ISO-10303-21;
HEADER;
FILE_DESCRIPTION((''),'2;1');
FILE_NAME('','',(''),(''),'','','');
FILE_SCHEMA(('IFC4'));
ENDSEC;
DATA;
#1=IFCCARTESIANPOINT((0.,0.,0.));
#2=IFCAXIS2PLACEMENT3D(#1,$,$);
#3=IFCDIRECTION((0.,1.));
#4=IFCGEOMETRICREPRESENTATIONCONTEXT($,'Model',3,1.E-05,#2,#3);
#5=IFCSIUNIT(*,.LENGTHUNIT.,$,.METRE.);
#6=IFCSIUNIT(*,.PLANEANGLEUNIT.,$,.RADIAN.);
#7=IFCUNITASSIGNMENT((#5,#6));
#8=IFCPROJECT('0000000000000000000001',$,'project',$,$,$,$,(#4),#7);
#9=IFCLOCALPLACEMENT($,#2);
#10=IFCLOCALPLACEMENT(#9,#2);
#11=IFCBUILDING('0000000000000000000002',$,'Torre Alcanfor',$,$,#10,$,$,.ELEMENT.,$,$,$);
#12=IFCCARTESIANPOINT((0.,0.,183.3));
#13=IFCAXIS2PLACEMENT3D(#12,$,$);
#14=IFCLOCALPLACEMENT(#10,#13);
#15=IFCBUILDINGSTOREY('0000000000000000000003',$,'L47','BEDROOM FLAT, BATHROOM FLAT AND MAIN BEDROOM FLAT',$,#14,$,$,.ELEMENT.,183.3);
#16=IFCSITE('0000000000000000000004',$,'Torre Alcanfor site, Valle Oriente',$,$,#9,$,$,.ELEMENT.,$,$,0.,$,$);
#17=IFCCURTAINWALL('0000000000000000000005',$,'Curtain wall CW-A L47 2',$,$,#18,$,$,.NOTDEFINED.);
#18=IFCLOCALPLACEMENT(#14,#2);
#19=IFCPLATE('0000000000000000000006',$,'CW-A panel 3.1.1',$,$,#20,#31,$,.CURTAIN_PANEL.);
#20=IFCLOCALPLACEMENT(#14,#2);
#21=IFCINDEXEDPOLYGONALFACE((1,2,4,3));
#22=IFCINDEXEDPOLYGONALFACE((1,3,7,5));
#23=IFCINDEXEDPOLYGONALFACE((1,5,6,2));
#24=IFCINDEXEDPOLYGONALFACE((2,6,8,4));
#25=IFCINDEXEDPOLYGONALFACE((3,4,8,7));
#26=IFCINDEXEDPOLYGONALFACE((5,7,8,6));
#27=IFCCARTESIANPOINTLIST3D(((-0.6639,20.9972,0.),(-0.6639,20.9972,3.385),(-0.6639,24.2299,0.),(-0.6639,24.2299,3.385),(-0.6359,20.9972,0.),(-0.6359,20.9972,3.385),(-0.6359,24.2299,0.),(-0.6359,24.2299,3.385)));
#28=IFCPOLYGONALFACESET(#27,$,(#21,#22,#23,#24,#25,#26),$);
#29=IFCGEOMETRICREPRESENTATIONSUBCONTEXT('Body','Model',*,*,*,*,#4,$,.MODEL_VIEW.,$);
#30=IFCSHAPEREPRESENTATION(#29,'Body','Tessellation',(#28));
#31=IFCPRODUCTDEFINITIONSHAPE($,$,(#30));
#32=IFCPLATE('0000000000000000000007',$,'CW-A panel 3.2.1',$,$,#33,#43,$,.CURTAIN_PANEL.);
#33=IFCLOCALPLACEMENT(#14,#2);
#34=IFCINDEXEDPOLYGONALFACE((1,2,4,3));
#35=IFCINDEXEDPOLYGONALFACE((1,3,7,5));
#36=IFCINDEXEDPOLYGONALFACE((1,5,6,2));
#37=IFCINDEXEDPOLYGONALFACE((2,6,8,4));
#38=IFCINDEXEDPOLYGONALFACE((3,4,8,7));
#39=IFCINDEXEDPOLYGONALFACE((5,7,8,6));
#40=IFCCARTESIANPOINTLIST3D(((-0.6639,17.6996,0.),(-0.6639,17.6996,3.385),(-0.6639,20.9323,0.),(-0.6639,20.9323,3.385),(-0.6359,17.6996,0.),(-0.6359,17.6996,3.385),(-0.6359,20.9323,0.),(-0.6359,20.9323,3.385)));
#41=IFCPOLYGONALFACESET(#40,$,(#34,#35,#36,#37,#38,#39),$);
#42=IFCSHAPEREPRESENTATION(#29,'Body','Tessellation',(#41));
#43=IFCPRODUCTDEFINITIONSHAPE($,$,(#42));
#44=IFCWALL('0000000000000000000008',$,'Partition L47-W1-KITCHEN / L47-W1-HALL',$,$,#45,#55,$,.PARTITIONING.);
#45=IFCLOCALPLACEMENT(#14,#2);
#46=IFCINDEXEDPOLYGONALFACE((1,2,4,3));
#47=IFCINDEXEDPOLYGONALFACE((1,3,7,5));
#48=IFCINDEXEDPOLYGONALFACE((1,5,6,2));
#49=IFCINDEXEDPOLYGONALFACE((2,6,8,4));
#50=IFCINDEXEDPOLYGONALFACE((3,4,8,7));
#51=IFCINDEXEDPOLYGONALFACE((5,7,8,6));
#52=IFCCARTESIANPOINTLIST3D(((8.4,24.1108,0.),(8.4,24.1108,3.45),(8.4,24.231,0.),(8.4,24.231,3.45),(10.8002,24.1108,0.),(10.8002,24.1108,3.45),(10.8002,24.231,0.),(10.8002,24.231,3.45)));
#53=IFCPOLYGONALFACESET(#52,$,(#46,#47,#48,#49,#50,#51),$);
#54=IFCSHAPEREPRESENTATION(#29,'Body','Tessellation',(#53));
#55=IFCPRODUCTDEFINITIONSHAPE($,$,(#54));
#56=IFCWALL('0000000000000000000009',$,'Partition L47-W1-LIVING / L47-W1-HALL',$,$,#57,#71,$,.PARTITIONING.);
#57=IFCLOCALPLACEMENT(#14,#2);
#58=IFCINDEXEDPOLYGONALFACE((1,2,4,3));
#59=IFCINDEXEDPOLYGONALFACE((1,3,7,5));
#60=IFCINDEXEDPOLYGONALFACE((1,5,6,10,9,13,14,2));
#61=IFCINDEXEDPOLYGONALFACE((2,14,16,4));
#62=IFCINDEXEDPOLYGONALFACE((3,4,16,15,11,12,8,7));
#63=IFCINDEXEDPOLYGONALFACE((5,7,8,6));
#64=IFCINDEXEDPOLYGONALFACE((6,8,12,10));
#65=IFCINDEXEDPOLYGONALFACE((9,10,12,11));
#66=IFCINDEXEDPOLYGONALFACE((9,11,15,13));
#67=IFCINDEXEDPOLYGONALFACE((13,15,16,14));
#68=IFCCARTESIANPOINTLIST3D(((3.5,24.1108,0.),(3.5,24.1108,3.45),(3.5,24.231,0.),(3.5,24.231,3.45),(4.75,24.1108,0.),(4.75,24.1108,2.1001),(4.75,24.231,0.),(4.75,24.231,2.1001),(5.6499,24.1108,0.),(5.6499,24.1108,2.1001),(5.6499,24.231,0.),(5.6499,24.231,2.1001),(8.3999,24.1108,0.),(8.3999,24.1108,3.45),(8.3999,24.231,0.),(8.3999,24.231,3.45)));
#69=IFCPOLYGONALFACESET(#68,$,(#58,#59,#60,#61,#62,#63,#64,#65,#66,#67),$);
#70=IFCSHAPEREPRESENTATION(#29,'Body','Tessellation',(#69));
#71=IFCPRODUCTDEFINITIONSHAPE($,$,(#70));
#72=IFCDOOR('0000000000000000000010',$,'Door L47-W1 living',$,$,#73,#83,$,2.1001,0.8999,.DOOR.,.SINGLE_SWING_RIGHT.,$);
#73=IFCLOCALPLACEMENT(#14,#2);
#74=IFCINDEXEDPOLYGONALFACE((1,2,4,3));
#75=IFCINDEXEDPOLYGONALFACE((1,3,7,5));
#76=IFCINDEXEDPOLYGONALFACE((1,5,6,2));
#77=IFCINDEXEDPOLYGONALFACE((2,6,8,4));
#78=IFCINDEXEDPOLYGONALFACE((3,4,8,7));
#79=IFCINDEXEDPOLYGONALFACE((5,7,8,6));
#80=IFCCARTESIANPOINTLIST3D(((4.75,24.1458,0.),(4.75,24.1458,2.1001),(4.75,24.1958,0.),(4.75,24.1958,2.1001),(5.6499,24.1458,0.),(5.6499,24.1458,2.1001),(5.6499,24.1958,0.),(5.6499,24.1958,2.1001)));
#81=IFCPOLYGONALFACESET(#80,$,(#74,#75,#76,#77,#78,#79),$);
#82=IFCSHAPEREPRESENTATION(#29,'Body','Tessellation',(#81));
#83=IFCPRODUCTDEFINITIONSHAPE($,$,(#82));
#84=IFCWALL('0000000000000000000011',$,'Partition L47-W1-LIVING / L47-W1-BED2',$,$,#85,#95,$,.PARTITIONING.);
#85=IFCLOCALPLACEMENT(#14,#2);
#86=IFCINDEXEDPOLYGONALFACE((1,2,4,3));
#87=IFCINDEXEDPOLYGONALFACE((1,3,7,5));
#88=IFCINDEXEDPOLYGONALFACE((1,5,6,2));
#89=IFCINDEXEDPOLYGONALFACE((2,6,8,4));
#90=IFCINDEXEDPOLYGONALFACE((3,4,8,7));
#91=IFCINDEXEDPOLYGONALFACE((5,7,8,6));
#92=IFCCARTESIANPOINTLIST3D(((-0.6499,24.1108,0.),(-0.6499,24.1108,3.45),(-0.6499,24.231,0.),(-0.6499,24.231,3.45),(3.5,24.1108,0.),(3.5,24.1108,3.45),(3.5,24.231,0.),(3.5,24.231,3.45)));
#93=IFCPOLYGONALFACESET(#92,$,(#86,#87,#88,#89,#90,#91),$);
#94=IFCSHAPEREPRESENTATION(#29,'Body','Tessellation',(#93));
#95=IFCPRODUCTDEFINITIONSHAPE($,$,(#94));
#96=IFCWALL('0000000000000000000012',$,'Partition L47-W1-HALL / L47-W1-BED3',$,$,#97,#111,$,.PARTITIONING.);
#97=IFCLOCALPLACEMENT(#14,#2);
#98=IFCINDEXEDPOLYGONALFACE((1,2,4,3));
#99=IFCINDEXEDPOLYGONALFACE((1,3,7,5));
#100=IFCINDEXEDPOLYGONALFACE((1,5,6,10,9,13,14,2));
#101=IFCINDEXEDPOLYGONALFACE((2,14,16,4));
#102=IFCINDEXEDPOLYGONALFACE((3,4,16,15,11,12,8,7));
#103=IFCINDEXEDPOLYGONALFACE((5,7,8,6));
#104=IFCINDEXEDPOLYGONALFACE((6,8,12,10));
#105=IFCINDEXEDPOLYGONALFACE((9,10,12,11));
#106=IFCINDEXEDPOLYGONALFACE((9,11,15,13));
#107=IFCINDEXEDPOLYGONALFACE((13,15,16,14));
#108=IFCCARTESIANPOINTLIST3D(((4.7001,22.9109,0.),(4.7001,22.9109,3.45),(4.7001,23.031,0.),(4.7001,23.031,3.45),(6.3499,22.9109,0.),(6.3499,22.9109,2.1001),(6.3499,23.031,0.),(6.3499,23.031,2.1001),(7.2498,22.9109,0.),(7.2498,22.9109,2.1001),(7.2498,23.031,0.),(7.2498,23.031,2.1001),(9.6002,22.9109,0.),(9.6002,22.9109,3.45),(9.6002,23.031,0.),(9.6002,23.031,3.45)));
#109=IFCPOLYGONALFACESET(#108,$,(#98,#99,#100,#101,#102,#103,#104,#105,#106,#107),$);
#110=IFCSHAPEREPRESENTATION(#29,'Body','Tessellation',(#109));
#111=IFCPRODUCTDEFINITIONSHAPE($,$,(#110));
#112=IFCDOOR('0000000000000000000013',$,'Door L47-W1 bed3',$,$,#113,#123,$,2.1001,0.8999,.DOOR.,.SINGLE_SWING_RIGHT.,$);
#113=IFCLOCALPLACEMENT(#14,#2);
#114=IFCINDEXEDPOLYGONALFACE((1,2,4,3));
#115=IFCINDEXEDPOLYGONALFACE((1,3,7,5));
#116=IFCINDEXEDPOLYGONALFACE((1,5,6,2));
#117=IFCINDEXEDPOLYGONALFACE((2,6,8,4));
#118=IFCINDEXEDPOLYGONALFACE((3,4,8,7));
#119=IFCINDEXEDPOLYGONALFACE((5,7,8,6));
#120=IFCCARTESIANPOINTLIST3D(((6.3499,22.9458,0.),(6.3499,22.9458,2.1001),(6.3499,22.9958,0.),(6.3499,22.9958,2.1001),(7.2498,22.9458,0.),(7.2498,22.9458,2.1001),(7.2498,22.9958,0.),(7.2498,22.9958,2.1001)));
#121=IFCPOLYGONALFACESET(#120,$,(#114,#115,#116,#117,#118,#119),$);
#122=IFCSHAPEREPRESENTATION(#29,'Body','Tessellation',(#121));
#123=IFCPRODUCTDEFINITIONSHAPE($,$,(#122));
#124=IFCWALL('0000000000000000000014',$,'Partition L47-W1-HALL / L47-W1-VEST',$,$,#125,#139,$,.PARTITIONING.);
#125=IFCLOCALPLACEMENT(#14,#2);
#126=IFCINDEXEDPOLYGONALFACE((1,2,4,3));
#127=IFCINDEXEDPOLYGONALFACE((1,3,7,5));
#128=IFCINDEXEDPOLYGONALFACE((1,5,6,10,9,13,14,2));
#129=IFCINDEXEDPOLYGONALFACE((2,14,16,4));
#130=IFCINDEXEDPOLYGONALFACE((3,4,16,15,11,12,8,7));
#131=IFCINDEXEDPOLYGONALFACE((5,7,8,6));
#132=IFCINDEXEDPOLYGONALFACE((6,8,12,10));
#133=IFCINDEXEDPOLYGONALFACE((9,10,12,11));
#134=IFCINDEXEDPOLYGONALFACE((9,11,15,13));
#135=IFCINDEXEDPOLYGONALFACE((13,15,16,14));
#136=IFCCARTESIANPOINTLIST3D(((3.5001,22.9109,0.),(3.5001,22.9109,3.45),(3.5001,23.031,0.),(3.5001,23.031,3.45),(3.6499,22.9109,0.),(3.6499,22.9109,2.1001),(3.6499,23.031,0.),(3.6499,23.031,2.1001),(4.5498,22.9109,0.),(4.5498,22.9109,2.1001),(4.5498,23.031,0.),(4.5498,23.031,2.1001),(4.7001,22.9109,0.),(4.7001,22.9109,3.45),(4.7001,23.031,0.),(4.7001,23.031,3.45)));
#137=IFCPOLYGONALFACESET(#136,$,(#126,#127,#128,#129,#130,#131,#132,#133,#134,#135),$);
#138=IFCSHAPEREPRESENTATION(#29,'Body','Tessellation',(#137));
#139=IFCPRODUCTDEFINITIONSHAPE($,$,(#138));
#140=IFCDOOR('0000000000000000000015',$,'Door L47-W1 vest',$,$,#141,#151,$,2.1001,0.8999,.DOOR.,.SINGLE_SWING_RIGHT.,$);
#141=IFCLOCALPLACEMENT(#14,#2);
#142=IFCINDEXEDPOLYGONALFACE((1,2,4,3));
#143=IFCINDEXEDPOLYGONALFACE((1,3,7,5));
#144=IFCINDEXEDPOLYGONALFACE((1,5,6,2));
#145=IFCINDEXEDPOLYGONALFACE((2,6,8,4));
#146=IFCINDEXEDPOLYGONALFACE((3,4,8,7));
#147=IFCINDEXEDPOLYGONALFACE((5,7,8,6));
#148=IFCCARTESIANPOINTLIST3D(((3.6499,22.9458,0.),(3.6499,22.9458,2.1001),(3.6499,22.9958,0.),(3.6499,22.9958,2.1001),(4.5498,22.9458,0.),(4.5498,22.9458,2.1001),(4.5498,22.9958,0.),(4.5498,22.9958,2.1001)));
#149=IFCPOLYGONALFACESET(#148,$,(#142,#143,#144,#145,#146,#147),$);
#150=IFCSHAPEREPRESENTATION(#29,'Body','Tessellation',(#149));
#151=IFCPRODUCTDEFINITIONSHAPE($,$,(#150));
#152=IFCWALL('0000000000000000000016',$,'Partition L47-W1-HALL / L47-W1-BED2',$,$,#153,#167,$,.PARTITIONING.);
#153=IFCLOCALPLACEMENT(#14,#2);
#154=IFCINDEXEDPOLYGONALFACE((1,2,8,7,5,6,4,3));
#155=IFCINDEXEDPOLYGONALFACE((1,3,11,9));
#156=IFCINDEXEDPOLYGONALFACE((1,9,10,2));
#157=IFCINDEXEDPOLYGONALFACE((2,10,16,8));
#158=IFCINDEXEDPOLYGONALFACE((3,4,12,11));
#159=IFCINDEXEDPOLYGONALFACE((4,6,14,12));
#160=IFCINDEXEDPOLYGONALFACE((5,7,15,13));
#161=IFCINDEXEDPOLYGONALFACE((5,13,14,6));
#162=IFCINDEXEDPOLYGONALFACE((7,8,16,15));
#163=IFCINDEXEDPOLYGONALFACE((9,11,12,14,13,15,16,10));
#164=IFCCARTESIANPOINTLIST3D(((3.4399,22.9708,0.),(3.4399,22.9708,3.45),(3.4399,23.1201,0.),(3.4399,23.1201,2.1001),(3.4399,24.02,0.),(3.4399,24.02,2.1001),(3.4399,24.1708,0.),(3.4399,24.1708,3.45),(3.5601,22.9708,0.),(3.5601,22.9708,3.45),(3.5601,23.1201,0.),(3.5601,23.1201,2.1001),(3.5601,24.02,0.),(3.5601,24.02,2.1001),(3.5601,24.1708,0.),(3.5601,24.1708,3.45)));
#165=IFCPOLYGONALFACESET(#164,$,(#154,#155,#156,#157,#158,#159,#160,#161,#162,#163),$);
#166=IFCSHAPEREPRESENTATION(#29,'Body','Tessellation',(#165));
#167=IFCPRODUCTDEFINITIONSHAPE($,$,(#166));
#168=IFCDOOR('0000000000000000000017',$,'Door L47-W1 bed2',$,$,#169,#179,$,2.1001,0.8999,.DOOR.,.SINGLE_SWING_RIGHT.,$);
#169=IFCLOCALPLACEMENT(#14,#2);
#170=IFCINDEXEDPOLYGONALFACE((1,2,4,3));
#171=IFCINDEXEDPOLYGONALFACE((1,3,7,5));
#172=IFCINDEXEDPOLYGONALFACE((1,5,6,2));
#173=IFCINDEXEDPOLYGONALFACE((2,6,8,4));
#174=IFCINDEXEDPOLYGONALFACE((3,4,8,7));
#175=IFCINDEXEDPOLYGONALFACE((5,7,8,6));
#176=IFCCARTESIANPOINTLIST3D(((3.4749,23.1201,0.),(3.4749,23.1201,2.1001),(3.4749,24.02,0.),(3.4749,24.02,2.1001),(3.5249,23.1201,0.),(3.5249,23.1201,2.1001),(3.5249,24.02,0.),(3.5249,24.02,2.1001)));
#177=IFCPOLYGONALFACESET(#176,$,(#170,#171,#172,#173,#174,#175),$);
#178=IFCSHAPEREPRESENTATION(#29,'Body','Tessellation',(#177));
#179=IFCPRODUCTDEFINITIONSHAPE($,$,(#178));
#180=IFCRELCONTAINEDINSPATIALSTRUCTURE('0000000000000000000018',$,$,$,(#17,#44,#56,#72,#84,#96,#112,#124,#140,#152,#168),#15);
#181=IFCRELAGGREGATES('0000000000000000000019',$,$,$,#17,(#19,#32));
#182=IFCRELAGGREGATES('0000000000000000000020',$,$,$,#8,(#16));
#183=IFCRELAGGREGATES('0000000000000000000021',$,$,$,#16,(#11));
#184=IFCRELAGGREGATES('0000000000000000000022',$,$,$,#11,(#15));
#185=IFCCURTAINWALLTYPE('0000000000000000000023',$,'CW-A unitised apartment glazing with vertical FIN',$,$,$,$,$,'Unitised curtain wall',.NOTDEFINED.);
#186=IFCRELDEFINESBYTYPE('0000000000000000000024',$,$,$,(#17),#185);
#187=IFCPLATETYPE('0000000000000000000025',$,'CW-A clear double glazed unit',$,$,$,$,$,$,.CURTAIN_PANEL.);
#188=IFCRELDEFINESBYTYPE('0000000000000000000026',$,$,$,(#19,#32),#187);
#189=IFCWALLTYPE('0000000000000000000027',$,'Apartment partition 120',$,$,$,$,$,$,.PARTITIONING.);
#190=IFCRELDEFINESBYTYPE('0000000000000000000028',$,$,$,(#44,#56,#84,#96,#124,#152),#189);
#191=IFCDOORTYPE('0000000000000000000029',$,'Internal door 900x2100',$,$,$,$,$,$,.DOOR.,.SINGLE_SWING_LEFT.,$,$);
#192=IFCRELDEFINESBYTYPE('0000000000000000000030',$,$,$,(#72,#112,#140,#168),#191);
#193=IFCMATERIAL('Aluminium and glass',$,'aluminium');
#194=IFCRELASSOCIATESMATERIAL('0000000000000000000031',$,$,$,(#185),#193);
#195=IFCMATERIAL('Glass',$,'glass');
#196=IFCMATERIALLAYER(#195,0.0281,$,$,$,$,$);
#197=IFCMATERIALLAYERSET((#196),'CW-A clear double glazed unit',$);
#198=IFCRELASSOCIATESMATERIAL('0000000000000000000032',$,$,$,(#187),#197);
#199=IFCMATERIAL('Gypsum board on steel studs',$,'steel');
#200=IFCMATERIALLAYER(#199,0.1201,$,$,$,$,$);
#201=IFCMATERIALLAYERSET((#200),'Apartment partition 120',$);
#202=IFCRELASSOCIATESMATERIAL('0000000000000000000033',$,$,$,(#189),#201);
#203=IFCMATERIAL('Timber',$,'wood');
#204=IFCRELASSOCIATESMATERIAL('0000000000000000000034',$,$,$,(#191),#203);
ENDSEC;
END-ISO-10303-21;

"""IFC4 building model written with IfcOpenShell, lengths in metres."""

from ifc_helpers import new_model, si_unit, direction, frame, frame_2d, origin, origin_2d, place, context, subcontext, project, spatial, rectangle, extrude, material, layer, layer_set, type_object, element, fill, aggregate, save


model = new_model("IFC4")

# Units and contexts
model_context = context("Model", 3, precision=1e-05, world=origin(), true_north=direction((0.0, 1.0)))
body_context = subcontext(model_context, "Body", "Model", "MODEL_VIEW")
ifc_project = project(units=[si_unit("LENGTHUNIT", "METRE"), si_unit("PLANEANGLEUNIT", "RADIAN")], contexts=[model_context])

# Site, building, storey
site_placement = place(None, origin())
site = spatial("IfcSite", under=ifc_project, at=site_placement, Name="Torre Alcanfor site, Valle Oriente", CompositionType="ELEMENT", RefElevation=0.0)
building_placement = place(site_placement, origin())
building = spatial("IfcBuilding", under=site, at=building_placement, Name="Torre Alcanfor", CompositionType="ELEMENT")
storey_placement = place(building_placement, frame((0.0, 0.0, 183.3)))
storey = spatial("IfcBuildingStorey", under=building, at=storey_placement, Name="L47", Description="BEDROOM FLAT, BATHROOM FLAT AND MAIN BEDROOM FLAT", CompositionType="ELEMENT", Elevation=183.3)

# Curtain wall
ifc_material_1 = material(Name="Aluminium and glass", Category="aluminium")
curtain_wall_type = type_object("IfcCurtainWallType", Name="CW-A unitised apartment glazing with vertical FIN", ElementType="Unitised curtain wall", PredefinedType="NOTDEFINED", material=ifc_material_1)
curtain_wall_placement = place(storey_placement, origin())
curtain_wall = element("IfcCurtainWall", 1, at=curtain_wall_placement, inside=storey, type_object=curtain_wall_type, Name="Curtain wall CW-A L47 2", PredefinedType="NOTDEFINED")

# Plates
ifc_material_2 = material(Name="Glass", Category="glass")
ifc_layer_1 = layer(ifc_material_2, 0.0281)
ifc_layer_set_1 = layer_set([ifc_layer_1], Name="CW-A clear double glazed unit")
plate_type = type_object("IfcPlateType", Name="CW-A clear double glazed unit", PredefinedType="CURTAIN_PANEL", material=ifc_layer_set_1)
plate_1_placement = place(storey_placement, frame((-0.6499, 22.6135, 0.0), z_axis=(0.0, 0.0, 1.0), x_axis=(0.0, -1.0, 0.0)))
plate_1 = element("IfcPlate", 2, at=plate_1_placement, type_object=plate_type, Name="CW-A panel 3.1.1", PredefinedType="CURTAIN_PANEL", context=body_context, shape_type="SweptSolid", body=[
    extrude(rectangle(XDim=3.2327, YDim=0.0281, at=origin_2d()), origin(), (0.0, 0.0, 1.0), 3.385),
])
plate_2_placement = place(storey_placement, frame((-0.6499, 19.3159, 0.0), z_axis=(0.0, 0.0, 1.0), x_axis=(0.0, -1.0, 0.0)))
plate_2 = element("IfcPlate", 3, at=plate_2_placement, type_object=plate_type, Name="CW-A panel 3.2.1", PredefinedType="CURTAIN_PANEL", context=body_context, shape_type="SweptSolid", body=[
    extrude(rectangle(XDim=3.2327, YDim=0.0281, at=origin_2d()), origin(), (0.0, 0.0, 1.0), 3.385),
])
aggregate(curtain_wall, [plate_1, plate_2])

# Wall
ifc_material_3 = material(Name="Gypsum board on steel studs", Category="steel")
ifc_layer_2 = layer(ifc_material_3, 0.1201)
ifc_layer_set_2 = layer_set([ifc_layer_2], Name="Apartment partition 120")
wall_type = type_object("IfcWallType", Name="Apartment partition 120", PredefinedType="PARTITIONING", material=ifc_layer_set_2)
wall_1_placement = place(storey_placement, frame((8.3999, 24.1709, 0.0), z_axis=(0.0, 0.0, 1.0), x_axis=(1.0, 0.0, 0.0)))
element("IfcWall", 4, at=wall_1_placement, inside=storey, type_object=wall_type, Name="Partition L47-W1-KITCHEN / L47-W1-HALL", PredefinedType="PARTITIONING", context=body_context, shape_type="SweptSolid", body=[
    extrude(rectangle(XDim=2.4001, YDim=0.1201, at=frame_2d((1.2002, 0.0))), origin(), (0.0, 0.0, 1.0), 3.45),
])

# Wall, opening, door
wall_2_placement = place(storey_placement, frame((3.5, 24.1709, 0.0), z_axis=(0.0, 0.0, 1.0), x_axis=(1.0, 0.0, 0.0)))
wall_2 = element("IfcWall", 5, at=wall_2_placement, inside=storey, type_object=wall_type, Name="Partition L47-W1-LIVING / L47-W1-HALL", PredefinedType="PARTITIONING", context=body_context, shape_type="SweptSolid", body=[
    extrude(rectangle(XDim=4.8999, YDim=0.1201, at=frame_2d((2.45, 0.0))), origin(), (0.0, 0.0, 1.0), 3.45),
])
opening_1_placement = place(wall_2_placement, frame((1.25, 0.0, 0.0)))
opening_1 = element("IfcOpeningElement", 6, at=opening_1_placement, cuts=wall_2, PredefinedType="OPENING", context=body_context, shape_type="SweptSolid", body=[
    extrude(rectangle(XDim=0.8999, YDim=2.1001, at=frame_2d((0.45, 1.05))), frame((0.0, 0.0701, 0.0), z_axis=(0.0, -1.0, 0.0), x_axis=(1.0, 0.0, 0.0)), (0.0, 0.0, 1.0), 0.1401),
])
ifc_material_4 = material(Name="Timber", Category="wood")
door_type = type_object("IfcDoorType", Name="Internal door 900x2100", OperationType="SINGLE_SWING_LEFT", PredefinedType="DOOR", material=ifc_material_4)
door_1_placement = place(opening_1_placement, origin())
door_1 = element("IfcDoor", 7, at=door_1_placement, inside=storey, type_object=door_type, Name="Door L47-W1 living", OperationType="SINGLE_SWING_RIGHT", OverallHeight=2.1001, OverallWidth=0.8999, PredefinedType="DOOR", context=body_context, shape_type="SweptSolid", body=[
    extrude(rectangle(XDim=0.8999, YDim=2.1001, at=frame_2d((0.45, 1.05))), frame((0.0, 0.0249, 0.0), z_axis=(0.0, -1.0, 0.0), x_axis=(1.0, 0.0, 0.0)), (0.0, 0.0, 1.0), 0.05),
])
fill(opening_1, door_1)

# Wall
wall_3_placement = place(storey_placement, frame((-0.6499, 24.1709, 0.0), z_axis=(0.0, 0.0, 1.0), x_axis=(1.0, 0.0, 0.0)))
element("IfcWall", 8, at=wall_3_placement, inside=storey, type_object=wall_type, Name="Partition L47-W1-LIVING / L47-W1-BED2", PredefinedType="PARTITIONING", context=body_context, shape_type="SweptSolid", body=[
    extrude(rectangle(XDim=4.1499, YDim=0.1201, at=frame_2d((2.075, 0.0))), origin(), (0.0, 0.0, 1.0), 3.45),
])

# Walls, openings, doors
wall_4_placement = place(storey_placement, frame((4.7, 22.9709, 0.0), z_axis=(0.0, 0.0, 1.0), x_axis=(1.0, 0.0, 0.0)))
wall_4 = element("IfcWall", 9, at=wall_4_placement, inside=storey, type_object=wall_type, Name="Partition L47-W1-HALL / L47-W1-BED3", PredefinedType="PARTITIONING", context=body_context, shape_type="SweptSolid", body=[
    extrude(rectangle(XDim=4.9001, YDim=0.1201, at=frame_2d((2.4502, 0.0))), origin(), (0.0, 0.0, 1.0), 3.45),
])
opening_2_placement = place(wall_4_placement, frame((1.6499, 0.0, 0.0)))
opening_2 = element("IfcOpeningElement", 10, at=opening_2_placement, cuts=wall_4, PredefinedType="OPENING", context=body_context, shape_type="SweptSolid", body=[
    extrude(rectangle(XDim=0.8999, YDim=2.1001, at=frame_2d((0.45, 1.05))), frame((0.0, 0.0701, 0.0), z_axis=(0.0, -1.0, 0.0), x_axis=(1.0, 0.0, 0.0)), (0.0, 0.0, 1.0), 0.1401),
])
door_2_placement = place(opening_2_placement, frame((0.8999, 0.0, 0.0), z_axis=(0.0, 0.0, 1.0), x_axis=(-1.0, 0.0, 0.0)))
door_2 = element("IfcDoor", 11, at=door_2_placement, inside=storey, type_object=door_type, Name="Door L47-W1 bed3", OperationType="SINGLE_SWING_RIGHT", OverallHeight=2.1001, OverallWidth=0.8999, PredefinedType="DOOR", context=body_context, shape_type="SweptSolid", body=[
    extrude(rectangle(XDim=0.8999, YDim=2.1001, at=frame_2d((0.45, 1.05))), frame((0.0, 0.0251, 0.0), z_axis=(0.0, -1.0, 0.0), x_axis=(1.0, 0.0, 0.0)), (0.0, 0.0, 1.0), 0.05),
])
fill(opening_2, door_2)
wall_5_placement = place(storey_placement, frame((3.5, 22.9709, 0.0), z_axis=(0.0, 0.0, 1.0), x_axis=(1.0, 0.0, 0.0)))
wall_5 = element("IfcWall", 12, at=wall_5_placement, inside=storey, type_object=wall_type, Name="Partition L47-W1-HALL / L47-W1-VEST", PredefinedType="PARTITIONING", context=body_context, shape_type="SweptSolid", body=[
    extrude(rectangle(XDim=1.2, YDim=0.1201, at=frame_2d((0.6001, 0.0))), origin(), (0.0, 0.0, 1.0), 3.45),
])
opening_3_placement = place(wall_5_placement, frame((0.1499, 0.0, 0.0)))
opening_3 = element("IfcOpeningElement", 13, at=opening_3_placement, cuts=wall_5, PredefinedType="OPENING", context=body_context, shape_type="SweptSolid", body=[
    extrude(rectangle(XDim=0.8999, YDim=2.1001, at=frame_2d((0.45, 1.05))), frame((0.0, 0.0701, 0.0), z_axis=(0.0, -1.0, 0.0), x_axis=(1.0, 0.0, 0.0)), (0.0, 0.0, 1.0), 0.1401),
])
door_3_placement = place(opening_3_placement, frame((0.8999, 0.0, 0.0), z_axis=(0.0, 0.0, 1.0), x_axis=(-1.0, 0.0, 0.0)))
door_3 = element("IfcDoor", 14, at=door_3_placement, inside=storey, type_object=door_type, Name="Door L47-W1 vest", OperationType="SINGLE_SWING_RIGHT", OverallHeight=2.1001, OverallWidth=0.8999, PredefinedType="DOOR", context=body_context, shape_type="SweptSolid", body=[
    extrude(rectangle(XDim=0.8999, YDim=2.1001, at=frame_2d((0.45, 1.05))), frame((0.0, 0.0251, 0.0), z_axis=(0.0, -1.0, 0.0), x_axis=(1.0, 0.0, 0.0)), (0.0, 0.0, 1.0), 0.05),
])
fill(opening_3, door_3)
wall_6_placement = place(storey_placement, frame((3.5, 24.1709, 0.0), z_axis=(0.0, 0.0, 1.0), x_axis=(0.0, -1.0, 0.0)))
wall_6 = element("IfcWall", 15, at=wall_6_placement, inside=storey, type_object=wall_type, Name="Partition L47-W1-HALL / L47-W1-BED2", PredefinedType="PARTITIONING", context=body_context, shape_type="SweptSolid", body=[
    extrude(rectangle(XDim=1.2, YDim=0.1201, at=frame_2d((0.6001, 0.0))), origin(), (0.0, 0.0, 1.0), 3.45),
])
opening_4_placement = place(wall_6_placement, frame((0.1509, 0.0, 0.0)))
opening_4 = element("IfcOpeningElement", 16, at=opening_4_placement, cuts=wall_6, PredefinedType="OPENING", context=body_context, shape_type="SweptSolid", body=[
    extrude(rectangle(XDim=0.8999, YDim=2.1001, at=frame_2d((0.45, 1.05))), frame((0.0, 0.0701, 0.0), z_axis=(0.0, -1.0, 0.0), x_axis=(1.0, 0.0, 0.0)), (0.0, 0.0, 1.0), 0.1401),
])
door_4_placement = place(opening_4_placement, frame((0.8999, 0.0, 0.0), z_axis=(0.0, 0.0, 1.0), x_axis=(-1.0, 0.0, 0.0)))
door_4 = element("IfcDoor", 17, at=door_4_placement, inside=storey, type_object=door_type, Name="Door L47-W1 bed2", OperationType="SINGLE_SWING_RIGHT", OverallHeight=2.1001, OverallWidth=0.8999, PredefinedType="DOOR", context=body_context, shape_type="SweptSolid", body=[
    extrude(rectangle(XDim=0.8999, YDim=2.1001, at=frame_2d((0.45, 1.05))), frame((0.0, 0.0251, 0.0), z_axis=(0.0, -1.0, 0.0), x_axis=(1.0, 0.0, 0.0)), (0.0, 0.0, 1.0), 0.05),
])
fill(opening_4, door_4)

save(model, "model.ifc")
